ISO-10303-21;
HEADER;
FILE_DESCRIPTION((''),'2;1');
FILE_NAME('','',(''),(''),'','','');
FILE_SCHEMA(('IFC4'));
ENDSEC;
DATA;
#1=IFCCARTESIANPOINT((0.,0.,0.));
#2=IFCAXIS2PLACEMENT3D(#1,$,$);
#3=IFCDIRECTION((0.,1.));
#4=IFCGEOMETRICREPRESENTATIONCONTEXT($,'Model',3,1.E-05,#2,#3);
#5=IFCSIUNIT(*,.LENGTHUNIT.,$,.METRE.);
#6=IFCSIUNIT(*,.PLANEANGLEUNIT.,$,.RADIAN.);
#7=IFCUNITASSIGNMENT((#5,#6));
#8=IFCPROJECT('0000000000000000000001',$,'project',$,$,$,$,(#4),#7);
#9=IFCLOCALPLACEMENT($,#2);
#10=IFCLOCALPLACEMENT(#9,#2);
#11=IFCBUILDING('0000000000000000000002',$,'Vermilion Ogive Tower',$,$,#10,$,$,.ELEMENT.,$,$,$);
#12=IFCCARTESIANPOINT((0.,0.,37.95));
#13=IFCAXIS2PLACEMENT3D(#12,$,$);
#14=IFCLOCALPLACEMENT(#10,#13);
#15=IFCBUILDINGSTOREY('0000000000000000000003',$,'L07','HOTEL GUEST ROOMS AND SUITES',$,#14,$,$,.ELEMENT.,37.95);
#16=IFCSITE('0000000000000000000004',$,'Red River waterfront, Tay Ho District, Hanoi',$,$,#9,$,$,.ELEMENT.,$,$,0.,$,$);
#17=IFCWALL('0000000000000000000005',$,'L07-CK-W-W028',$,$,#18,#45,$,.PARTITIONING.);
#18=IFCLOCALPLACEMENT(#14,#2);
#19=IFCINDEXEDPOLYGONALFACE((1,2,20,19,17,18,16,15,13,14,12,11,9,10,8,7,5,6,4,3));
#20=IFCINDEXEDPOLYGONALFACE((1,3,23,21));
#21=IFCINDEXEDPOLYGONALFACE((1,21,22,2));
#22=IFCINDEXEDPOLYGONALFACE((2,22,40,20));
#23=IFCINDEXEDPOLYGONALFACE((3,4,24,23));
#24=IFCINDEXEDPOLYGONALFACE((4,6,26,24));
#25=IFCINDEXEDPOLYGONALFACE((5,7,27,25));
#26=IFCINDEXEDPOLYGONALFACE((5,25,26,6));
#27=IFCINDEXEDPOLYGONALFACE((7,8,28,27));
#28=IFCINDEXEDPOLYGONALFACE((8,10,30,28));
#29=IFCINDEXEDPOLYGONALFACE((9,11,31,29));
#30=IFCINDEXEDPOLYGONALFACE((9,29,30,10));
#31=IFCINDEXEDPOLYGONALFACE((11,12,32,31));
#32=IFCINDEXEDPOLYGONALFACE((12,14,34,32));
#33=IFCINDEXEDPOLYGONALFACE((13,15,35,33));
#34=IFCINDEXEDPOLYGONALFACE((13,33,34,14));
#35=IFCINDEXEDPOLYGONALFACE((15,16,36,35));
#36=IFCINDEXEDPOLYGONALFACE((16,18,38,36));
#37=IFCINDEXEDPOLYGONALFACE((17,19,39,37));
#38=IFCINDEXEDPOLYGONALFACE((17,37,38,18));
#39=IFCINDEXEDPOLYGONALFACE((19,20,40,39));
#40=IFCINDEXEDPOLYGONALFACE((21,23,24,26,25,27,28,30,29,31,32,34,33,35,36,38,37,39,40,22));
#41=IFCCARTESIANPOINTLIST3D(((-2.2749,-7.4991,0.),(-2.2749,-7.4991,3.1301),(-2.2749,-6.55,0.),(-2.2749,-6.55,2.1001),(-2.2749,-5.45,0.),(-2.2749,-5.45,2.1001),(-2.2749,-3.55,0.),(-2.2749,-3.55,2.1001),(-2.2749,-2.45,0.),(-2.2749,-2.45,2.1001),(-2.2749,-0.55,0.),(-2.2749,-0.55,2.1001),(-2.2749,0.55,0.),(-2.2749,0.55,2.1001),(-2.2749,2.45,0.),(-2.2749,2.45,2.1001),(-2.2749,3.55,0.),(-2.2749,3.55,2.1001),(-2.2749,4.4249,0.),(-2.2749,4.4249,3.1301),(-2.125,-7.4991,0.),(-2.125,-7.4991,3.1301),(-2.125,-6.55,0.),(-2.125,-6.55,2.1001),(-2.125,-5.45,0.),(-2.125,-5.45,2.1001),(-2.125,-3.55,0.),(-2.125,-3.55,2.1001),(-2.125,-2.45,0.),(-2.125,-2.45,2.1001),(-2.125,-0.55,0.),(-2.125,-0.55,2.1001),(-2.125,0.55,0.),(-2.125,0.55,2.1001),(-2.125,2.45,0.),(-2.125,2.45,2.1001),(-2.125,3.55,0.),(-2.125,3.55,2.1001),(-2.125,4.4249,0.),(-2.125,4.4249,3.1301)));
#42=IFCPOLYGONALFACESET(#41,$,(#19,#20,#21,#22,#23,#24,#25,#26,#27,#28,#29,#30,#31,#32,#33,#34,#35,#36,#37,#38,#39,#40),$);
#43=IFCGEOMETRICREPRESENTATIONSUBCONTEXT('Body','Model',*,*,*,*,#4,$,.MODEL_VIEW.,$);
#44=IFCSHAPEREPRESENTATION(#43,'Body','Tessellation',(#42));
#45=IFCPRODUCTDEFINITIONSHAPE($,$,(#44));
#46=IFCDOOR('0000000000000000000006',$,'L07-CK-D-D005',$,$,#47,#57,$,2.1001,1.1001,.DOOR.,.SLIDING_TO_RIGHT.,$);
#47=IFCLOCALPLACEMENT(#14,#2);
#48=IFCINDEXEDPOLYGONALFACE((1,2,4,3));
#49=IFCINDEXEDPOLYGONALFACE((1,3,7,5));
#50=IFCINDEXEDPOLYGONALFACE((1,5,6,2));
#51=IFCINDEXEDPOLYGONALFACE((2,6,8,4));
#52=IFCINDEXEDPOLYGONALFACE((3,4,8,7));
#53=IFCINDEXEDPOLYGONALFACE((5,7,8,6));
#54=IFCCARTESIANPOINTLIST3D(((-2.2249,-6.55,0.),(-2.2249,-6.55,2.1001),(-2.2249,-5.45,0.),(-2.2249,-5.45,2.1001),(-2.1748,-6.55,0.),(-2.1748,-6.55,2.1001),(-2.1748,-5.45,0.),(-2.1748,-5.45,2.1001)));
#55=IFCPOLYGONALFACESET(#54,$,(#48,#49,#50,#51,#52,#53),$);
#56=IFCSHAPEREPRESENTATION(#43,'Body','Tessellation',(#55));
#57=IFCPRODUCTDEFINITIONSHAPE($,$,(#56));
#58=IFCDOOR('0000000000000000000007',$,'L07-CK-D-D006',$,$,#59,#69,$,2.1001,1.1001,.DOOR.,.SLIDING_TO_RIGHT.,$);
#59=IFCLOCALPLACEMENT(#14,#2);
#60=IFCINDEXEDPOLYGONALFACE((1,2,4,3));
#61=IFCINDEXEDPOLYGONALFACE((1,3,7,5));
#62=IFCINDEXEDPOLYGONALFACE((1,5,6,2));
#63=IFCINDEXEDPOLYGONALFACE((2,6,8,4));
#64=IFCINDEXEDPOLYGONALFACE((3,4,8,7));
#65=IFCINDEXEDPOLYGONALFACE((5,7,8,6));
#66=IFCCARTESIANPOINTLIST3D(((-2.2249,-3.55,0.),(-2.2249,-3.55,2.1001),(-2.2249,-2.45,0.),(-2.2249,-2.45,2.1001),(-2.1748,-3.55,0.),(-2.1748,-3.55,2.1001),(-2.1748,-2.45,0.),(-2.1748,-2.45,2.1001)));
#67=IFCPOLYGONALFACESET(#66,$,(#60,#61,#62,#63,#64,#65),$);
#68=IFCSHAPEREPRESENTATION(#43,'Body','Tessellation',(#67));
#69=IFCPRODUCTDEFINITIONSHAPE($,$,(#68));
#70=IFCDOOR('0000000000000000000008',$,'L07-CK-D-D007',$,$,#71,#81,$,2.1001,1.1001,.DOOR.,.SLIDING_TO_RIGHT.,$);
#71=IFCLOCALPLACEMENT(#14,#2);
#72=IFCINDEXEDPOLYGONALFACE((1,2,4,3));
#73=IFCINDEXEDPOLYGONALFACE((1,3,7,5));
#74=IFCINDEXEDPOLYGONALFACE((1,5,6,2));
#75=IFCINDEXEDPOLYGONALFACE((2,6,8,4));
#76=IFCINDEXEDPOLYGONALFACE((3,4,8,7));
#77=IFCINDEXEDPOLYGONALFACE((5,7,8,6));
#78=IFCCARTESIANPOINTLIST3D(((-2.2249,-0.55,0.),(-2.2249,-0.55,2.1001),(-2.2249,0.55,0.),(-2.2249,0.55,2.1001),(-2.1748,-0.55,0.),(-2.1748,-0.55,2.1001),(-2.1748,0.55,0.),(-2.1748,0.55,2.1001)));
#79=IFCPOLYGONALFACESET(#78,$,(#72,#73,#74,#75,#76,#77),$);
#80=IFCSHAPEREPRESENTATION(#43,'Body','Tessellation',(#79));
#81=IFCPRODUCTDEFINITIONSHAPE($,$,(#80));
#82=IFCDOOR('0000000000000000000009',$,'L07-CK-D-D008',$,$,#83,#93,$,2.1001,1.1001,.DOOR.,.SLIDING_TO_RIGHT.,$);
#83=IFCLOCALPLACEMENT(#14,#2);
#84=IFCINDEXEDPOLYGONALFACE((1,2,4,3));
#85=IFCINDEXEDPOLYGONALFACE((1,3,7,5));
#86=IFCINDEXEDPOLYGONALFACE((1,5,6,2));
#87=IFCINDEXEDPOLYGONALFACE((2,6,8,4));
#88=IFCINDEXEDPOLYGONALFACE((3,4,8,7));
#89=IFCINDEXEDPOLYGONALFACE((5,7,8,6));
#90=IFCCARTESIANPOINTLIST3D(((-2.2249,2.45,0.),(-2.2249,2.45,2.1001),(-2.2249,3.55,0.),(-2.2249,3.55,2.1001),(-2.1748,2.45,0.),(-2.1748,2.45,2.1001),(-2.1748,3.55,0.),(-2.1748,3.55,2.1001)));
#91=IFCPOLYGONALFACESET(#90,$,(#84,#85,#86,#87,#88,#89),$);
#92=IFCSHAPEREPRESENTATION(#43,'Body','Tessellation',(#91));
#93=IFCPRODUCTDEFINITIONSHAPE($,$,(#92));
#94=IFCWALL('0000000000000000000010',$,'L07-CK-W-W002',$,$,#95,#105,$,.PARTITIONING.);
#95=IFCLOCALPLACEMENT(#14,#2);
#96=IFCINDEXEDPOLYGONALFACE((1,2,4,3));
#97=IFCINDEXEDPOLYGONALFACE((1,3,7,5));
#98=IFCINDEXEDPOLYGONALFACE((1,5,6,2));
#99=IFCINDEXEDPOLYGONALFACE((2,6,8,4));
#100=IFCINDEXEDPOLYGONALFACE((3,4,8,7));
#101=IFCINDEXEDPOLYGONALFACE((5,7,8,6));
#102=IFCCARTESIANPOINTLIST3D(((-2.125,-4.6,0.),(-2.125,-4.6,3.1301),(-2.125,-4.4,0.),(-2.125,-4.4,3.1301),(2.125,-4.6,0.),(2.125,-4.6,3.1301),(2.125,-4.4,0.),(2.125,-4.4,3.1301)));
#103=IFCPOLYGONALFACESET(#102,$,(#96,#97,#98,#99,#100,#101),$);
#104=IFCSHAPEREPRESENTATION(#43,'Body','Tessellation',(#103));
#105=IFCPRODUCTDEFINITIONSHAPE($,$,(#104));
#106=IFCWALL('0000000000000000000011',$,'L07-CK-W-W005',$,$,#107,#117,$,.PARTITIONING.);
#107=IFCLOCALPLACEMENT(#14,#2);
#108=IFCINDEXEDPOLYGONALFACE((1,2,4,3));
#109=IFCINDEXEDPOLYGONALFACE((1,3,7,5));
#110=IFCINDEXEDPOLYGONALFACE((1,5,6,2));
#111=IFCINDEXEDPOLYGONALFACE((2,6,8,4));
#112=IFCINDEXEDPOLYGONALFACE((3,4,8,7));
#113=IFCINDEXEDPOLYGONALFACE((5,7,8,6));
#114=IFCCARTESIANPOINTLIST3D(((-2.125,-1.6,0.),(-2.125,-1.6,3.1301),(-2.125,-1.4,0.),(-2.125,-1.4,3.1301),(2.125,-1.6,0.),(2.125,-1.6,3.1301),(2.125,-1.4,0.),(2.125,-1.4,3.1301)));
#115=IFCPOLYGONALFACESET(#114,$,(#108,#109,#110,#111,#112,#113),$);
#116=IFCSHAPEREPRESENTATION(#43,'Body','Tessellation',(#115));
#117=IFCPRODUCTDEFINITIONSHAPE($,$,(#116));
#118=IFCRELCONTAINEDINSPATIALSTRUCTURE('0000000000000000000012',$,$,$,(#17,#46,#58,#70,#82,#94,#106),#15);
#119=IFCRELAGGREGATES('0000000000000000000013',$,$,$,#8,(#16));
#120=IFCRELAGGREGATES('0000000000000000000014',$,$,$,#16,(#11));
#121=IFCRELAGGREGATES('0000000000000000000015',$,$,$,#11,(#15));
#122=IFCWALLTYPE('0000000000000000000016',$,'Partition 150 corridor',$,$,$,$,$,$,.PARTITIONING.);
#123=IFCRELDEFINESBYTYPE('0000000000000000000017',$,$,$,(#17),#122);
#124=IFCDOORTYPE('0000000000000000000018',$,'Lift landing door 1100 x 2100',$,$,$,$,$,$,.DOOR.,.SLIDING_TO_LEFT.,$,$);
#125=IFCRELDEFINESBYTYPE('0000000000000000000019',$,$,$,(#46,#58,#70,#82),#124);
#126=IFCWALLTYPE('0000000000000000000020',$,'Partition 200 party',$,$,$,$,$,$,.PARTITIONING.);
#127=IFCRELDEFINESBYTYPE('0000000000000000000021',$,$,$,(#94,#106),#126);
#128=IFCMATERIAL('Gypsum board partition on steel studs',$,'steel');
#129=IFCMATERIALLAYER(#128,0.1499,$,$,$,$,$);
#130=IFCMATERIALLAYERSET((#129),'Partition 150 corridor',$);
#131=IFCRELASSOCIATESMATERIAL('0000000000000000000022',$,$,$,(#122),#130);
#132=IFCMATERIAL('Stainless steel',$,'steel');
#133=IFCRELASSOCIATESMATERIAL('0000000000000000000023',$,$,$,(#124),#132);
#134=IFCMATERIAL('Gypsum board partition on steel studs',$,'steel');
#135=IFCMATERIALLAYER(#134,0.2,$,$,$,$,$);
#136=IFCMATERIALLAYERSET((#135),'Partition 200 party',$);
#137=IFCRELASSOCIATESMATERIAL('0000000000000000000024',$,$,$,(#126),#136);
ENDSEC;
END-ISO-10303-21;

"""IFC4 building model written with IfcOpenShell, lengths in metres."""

from ifc_helpers import new_model, si_unit, direction, frame, frame_2d, origin, place, context, subcontext, project, spatial, rectangle, extrude, material, layer, layer_set, type_object, element, fill, save


model = new_model("IFC4")

# Units and contexts
model_context = context("Model", 3, precision=1e-05, world=origin(), true_north=direction((0.0, 1.0)))
body_context = subcontext(model_context, "Body", "Model", "MODEL_VIEW")
ifc_project = project(units=[si_unit("LENGTHUNIT", "METRE"), si_unit("PLANEANGLEUNIT", "RADIAN")], contexts=[model_context])

# Site, building, storey
site_placement = place(None, origin())
site = spatial("IfcSite", under=ifc_project, at=site_placement, Name="Red River waterfront, Tay Ho District, Hanoi", CompositionType="ELEMENT", RefElevation=0.0)
building_placement = place(site_placement, origin())
building = spatial("IfcBuilding", under=site, at=building_placement, Name="Vermilion Ogive Tower", CompositionType="ELEMENT")
storey_placement = place(building_placement, frame((0.0, 0.0, 37.95)))
storey = spatial("IfcBuildingStorey", under=building, at=storey_placement, Name="L07", Description="HOTEL GUEST ROOMS AND SUITES", CompositionType="ELEMENT", Elevation=37.95)

# Wall, openings, doors
ifc_material_1 = material(Name="Gypsum board partition on steel studs", Category="steel")
ifc_layer_1 = layer(ifc_material_1, 0.1499)
ifc_layer_set_1 = layer_set([ifc_layer_1], Name="Partition 150 corridor")
wall_type_1 = type_object("IfcWallType", Name="Partition 150 corridor", PredefinedType="PARTITIONING", material=ifc_layer_set_1)
ifc_material_2 = material(Name="Stainless steel", Category="steel")
door_type_1 = type_object("IfcDoorType", Name="Lift landing door 1100 x 2100", OperationType="SLIDING_TO_LEFT", PredefinedType="DOOR", material=ifc_material_2)
wall_1_placement = place(storey_placement, frame((-2.2, -7.499, 0.0), z_axis=(0.0, 0.0, 1.0), x_axis=(0.0, 1.0, 0.0)))
wall_1 = element("IfcWall", 1, at=wall_1_placement, inside=storey, type_object=wall_type_1, Name="L07-CK-W-W028", PredefinedType="PARTITIONING", context=body_context, shape_type="SweptSolid", body=[
    extrude(rectangle(XDim=11.9241, YDim=0.1499, at=frame_2d((5.9619, 0.0))), origin(), (0.0, 0.0, 1.0), 3.1301),
])
opening_1_placement = place(wall_1_placement, frame((0.949, 0.0, 0.0)))
opening_1 = element("IfcOpeningElement", 2, at=opening_1_placement, cuts=wall_1, PredefinedType="OPENING", context=body_context, shape_type="SweptSolid", body=[
    extrude(rectangle(XDim=1.1001, YDim=2.1001, at=frame_2d((0.55, 1.05))), frame((0.0, 0.085, 0.0), z_axis=(0.0, -1.0, 0.0), x_axis=(1.0, 0.0, 0.0)), (0.0, 0.0, 1.0), 0.1699),
])
opening_2_placement = place(wall_1_placement, frame((3.949, 0.0, 0.0)))
opening_2 = element("IfcOpeningElement", 3, at=opening_2_placement, cuts=wall_1, PredefinedType="OPENING", context=body_context, shape_type="SweptSolid", body=[
    extrude(rectangle(XDim=1.1001, YDim=2.1001, at=frame_2d((0.55, 1.05))), frame((0.0, 0.085, 0.0), z_axis=(0.0, -1.0, 0.0), x_axis=(1.0, 0.0, 0.0)), (0.0, 0.0, 1.0), 0.1699),
])
opening_3_placement = place(wall_1_placement, frame((6.949, 0.0, 0.0)))
opening_3 = element("IfcOpeningElement", 4, at=opening_3_placement, cuts=wall_1, PredefinedType="OPENING", context=body_context, shape_type="SweptSolid", body=[
    extrude(rectangle(XDim=1.1001, YDim=2.1001, at=frame_2d((0.55, 1.05))), frame((0.0, 0.085, 0.0), z_axis=(0.0, -1.0, 0.0), x_axis=(1.0, 0.0, 0.0)), (0.0, 0.0, 1.0), 0.1699),
])
opening_4_placement = place(wall_1_placement, frame((9.949, 0.0, 0.0)))
opening_4 = element("IfcOpeningElement", 5, at=opening_4_placement, cuts=wall_1, PredefinedType="OPENING", context=body_context, shape_type="SweptSolid", body=[
    extrude(rectangle(XDim=1.1001, YDim=2.1001, at=frame_2d((0.55, 1.05))), frame((0.0, 0.085, 0.0), z_axis=(0.0, -1.0, 0.0), x_axis=(1.0, 0.0, 0.0)), (0.0, 0.0, 1.0), 0.1699),
])
door_1_placement = place(opening_1_placement, origin())
door_1 = element("IfcDoor", 6, at=door_1_placement, inside=storey, type_object=door_type_1, Name="L07-CK-D-D005", OperationType="SLIDING_TO_RIGHT", OverallHeight=2.1001, OverallWidth=1.1001, PredefinedType="DOOR", context=body_context, shape_type="SweptSolid", body=[
    extrude(rectangle(XDim=1.1001, YDim=2.1001, at=frame_2d((0.55, 1.05))), frame((0.0, 0.0249, 0.0), z_axis=(0.0, -1.0, 0.0), x_axis=(1.0, 0.0, 0.0)), (0.0, 0.0, 1.0), 0.05),
])
fill(opening_1, door_1)
door_2_placement = place(opening_2_placement, origin())
door_2 = element("IfcDoor", 7, at=door_2_placement, inside=storey, type_object=door_type_1, Name="L07-CK-D-D006", OperationType="SLIDING_TO_RIGHT", OverallHeight=2.1001, OverallWidth=1.1001, PredefinedType="DOOR", context=body_context, shape_type="SweptSolid", body=[
    extrude(rectangle(XDim=1.1001, YDim=2.1001, at=frame_2d((0.55, 1.05))), frame((0.0, 0.0249, 0.0), z_axis=(0.0, -1.0, 0.0), x_axis=(1.0, 0.0, 0.0)), (0.0, 0.0, 1.0), 0.05),
])
fill(opening_2, door_2)
door_3_placement = place(opening_3_placement, origin())
door_3 = element("IfcDoor", 8, at=door_3_placement, inside=storey, type_object=door_type_1, Name="L07-CK-D-D007", OperationType="SLIDING_TO_RIGHT", OverallHeight=2.1001, OverallWidth=1.1001, PredefinedType="DOOR", context=body_context, shape_type="SweptSolid", body=[
    extrude(rectangle(XDim=1.1001, YDim=2.1001, at=frame_2d((0.55, 1.05))), frame((0.0, 0.0249, 0.0), z_axis=(0.0, -1.0, 0.0), x_axis=(1.0, 0.0, 0.0)), (0.0, 0.0, 1.0), 0.05),
])
fill(opening_3, door_3)
door_4_placement = place(opening_4_placement, origin())
door_4 = element("IfcDoor", 9, at=door_4_placement, inside=storey, type_object=door_type_1, Name="L07-CK-D-D008", OperationType="SLIDING_TO_RIGHT", OverallHeight=2.1001, OverallWidth=1.1001, PredefinedType="DOOR", context=body_context, shape_type="SweptSolid", body=[
    extrude(rectangle(XDim=1.1001, YDim=2.1001, at=frame_2d((0.55, 1.05))), frame((0.0, 0.0249, 0.0), z_axis=(0.0, -1.0, 0.0), x_axis=(1.0, 0.0, 0.0)), (0.0, 0.0, 1.0), 0.05),
])
fill(opening_4, door_4)

# Walls
ifc_material_3 = material(Name="Gypsum board partition on steel studs", Category="steel")
ifc_layer_2 = layer(ifc_material_3, 0.2)
ifc_layer_set_2 = layer_set([ifc_layer_2], Name="Partition 200 party")
wall_type_2 = type_object("IfcWallType", Name="Partition 200 party", PredefinedType="PARTITIONING", material=ifc_layer_set_2)
for number, where, z_axis, x_axis, name in (
    (10, (-2.125, -4.5, 0.0), (0.0, 0.0, 1.0), (1.0, 0.0, 0.0), "L07-CK-W-W002"),
    (11, (-2.125, -1.5, 0.0), (0.0, 0.0, 1.0), (1.0, 0.0, 0.0), "L07-CK-W-W005"),
):
    element("IfcWall", number, at=place(storey_placement, frame(where, z_axis=z_axis, x_axis=x_axis)), inside=storey, type_object=wall_type_2, Name=name, PredefinedType="PARTITIONING", context=body_context, shape_type="SweptSolid", body=[
        extrude(rectangle(XDim=4.25, YDim=0.2, at=frame_2d((2.125, 0.0))), origin(), (0.0, 0.0, 1.0), 3.1301),
    ])

save(model, "model.ifc")
